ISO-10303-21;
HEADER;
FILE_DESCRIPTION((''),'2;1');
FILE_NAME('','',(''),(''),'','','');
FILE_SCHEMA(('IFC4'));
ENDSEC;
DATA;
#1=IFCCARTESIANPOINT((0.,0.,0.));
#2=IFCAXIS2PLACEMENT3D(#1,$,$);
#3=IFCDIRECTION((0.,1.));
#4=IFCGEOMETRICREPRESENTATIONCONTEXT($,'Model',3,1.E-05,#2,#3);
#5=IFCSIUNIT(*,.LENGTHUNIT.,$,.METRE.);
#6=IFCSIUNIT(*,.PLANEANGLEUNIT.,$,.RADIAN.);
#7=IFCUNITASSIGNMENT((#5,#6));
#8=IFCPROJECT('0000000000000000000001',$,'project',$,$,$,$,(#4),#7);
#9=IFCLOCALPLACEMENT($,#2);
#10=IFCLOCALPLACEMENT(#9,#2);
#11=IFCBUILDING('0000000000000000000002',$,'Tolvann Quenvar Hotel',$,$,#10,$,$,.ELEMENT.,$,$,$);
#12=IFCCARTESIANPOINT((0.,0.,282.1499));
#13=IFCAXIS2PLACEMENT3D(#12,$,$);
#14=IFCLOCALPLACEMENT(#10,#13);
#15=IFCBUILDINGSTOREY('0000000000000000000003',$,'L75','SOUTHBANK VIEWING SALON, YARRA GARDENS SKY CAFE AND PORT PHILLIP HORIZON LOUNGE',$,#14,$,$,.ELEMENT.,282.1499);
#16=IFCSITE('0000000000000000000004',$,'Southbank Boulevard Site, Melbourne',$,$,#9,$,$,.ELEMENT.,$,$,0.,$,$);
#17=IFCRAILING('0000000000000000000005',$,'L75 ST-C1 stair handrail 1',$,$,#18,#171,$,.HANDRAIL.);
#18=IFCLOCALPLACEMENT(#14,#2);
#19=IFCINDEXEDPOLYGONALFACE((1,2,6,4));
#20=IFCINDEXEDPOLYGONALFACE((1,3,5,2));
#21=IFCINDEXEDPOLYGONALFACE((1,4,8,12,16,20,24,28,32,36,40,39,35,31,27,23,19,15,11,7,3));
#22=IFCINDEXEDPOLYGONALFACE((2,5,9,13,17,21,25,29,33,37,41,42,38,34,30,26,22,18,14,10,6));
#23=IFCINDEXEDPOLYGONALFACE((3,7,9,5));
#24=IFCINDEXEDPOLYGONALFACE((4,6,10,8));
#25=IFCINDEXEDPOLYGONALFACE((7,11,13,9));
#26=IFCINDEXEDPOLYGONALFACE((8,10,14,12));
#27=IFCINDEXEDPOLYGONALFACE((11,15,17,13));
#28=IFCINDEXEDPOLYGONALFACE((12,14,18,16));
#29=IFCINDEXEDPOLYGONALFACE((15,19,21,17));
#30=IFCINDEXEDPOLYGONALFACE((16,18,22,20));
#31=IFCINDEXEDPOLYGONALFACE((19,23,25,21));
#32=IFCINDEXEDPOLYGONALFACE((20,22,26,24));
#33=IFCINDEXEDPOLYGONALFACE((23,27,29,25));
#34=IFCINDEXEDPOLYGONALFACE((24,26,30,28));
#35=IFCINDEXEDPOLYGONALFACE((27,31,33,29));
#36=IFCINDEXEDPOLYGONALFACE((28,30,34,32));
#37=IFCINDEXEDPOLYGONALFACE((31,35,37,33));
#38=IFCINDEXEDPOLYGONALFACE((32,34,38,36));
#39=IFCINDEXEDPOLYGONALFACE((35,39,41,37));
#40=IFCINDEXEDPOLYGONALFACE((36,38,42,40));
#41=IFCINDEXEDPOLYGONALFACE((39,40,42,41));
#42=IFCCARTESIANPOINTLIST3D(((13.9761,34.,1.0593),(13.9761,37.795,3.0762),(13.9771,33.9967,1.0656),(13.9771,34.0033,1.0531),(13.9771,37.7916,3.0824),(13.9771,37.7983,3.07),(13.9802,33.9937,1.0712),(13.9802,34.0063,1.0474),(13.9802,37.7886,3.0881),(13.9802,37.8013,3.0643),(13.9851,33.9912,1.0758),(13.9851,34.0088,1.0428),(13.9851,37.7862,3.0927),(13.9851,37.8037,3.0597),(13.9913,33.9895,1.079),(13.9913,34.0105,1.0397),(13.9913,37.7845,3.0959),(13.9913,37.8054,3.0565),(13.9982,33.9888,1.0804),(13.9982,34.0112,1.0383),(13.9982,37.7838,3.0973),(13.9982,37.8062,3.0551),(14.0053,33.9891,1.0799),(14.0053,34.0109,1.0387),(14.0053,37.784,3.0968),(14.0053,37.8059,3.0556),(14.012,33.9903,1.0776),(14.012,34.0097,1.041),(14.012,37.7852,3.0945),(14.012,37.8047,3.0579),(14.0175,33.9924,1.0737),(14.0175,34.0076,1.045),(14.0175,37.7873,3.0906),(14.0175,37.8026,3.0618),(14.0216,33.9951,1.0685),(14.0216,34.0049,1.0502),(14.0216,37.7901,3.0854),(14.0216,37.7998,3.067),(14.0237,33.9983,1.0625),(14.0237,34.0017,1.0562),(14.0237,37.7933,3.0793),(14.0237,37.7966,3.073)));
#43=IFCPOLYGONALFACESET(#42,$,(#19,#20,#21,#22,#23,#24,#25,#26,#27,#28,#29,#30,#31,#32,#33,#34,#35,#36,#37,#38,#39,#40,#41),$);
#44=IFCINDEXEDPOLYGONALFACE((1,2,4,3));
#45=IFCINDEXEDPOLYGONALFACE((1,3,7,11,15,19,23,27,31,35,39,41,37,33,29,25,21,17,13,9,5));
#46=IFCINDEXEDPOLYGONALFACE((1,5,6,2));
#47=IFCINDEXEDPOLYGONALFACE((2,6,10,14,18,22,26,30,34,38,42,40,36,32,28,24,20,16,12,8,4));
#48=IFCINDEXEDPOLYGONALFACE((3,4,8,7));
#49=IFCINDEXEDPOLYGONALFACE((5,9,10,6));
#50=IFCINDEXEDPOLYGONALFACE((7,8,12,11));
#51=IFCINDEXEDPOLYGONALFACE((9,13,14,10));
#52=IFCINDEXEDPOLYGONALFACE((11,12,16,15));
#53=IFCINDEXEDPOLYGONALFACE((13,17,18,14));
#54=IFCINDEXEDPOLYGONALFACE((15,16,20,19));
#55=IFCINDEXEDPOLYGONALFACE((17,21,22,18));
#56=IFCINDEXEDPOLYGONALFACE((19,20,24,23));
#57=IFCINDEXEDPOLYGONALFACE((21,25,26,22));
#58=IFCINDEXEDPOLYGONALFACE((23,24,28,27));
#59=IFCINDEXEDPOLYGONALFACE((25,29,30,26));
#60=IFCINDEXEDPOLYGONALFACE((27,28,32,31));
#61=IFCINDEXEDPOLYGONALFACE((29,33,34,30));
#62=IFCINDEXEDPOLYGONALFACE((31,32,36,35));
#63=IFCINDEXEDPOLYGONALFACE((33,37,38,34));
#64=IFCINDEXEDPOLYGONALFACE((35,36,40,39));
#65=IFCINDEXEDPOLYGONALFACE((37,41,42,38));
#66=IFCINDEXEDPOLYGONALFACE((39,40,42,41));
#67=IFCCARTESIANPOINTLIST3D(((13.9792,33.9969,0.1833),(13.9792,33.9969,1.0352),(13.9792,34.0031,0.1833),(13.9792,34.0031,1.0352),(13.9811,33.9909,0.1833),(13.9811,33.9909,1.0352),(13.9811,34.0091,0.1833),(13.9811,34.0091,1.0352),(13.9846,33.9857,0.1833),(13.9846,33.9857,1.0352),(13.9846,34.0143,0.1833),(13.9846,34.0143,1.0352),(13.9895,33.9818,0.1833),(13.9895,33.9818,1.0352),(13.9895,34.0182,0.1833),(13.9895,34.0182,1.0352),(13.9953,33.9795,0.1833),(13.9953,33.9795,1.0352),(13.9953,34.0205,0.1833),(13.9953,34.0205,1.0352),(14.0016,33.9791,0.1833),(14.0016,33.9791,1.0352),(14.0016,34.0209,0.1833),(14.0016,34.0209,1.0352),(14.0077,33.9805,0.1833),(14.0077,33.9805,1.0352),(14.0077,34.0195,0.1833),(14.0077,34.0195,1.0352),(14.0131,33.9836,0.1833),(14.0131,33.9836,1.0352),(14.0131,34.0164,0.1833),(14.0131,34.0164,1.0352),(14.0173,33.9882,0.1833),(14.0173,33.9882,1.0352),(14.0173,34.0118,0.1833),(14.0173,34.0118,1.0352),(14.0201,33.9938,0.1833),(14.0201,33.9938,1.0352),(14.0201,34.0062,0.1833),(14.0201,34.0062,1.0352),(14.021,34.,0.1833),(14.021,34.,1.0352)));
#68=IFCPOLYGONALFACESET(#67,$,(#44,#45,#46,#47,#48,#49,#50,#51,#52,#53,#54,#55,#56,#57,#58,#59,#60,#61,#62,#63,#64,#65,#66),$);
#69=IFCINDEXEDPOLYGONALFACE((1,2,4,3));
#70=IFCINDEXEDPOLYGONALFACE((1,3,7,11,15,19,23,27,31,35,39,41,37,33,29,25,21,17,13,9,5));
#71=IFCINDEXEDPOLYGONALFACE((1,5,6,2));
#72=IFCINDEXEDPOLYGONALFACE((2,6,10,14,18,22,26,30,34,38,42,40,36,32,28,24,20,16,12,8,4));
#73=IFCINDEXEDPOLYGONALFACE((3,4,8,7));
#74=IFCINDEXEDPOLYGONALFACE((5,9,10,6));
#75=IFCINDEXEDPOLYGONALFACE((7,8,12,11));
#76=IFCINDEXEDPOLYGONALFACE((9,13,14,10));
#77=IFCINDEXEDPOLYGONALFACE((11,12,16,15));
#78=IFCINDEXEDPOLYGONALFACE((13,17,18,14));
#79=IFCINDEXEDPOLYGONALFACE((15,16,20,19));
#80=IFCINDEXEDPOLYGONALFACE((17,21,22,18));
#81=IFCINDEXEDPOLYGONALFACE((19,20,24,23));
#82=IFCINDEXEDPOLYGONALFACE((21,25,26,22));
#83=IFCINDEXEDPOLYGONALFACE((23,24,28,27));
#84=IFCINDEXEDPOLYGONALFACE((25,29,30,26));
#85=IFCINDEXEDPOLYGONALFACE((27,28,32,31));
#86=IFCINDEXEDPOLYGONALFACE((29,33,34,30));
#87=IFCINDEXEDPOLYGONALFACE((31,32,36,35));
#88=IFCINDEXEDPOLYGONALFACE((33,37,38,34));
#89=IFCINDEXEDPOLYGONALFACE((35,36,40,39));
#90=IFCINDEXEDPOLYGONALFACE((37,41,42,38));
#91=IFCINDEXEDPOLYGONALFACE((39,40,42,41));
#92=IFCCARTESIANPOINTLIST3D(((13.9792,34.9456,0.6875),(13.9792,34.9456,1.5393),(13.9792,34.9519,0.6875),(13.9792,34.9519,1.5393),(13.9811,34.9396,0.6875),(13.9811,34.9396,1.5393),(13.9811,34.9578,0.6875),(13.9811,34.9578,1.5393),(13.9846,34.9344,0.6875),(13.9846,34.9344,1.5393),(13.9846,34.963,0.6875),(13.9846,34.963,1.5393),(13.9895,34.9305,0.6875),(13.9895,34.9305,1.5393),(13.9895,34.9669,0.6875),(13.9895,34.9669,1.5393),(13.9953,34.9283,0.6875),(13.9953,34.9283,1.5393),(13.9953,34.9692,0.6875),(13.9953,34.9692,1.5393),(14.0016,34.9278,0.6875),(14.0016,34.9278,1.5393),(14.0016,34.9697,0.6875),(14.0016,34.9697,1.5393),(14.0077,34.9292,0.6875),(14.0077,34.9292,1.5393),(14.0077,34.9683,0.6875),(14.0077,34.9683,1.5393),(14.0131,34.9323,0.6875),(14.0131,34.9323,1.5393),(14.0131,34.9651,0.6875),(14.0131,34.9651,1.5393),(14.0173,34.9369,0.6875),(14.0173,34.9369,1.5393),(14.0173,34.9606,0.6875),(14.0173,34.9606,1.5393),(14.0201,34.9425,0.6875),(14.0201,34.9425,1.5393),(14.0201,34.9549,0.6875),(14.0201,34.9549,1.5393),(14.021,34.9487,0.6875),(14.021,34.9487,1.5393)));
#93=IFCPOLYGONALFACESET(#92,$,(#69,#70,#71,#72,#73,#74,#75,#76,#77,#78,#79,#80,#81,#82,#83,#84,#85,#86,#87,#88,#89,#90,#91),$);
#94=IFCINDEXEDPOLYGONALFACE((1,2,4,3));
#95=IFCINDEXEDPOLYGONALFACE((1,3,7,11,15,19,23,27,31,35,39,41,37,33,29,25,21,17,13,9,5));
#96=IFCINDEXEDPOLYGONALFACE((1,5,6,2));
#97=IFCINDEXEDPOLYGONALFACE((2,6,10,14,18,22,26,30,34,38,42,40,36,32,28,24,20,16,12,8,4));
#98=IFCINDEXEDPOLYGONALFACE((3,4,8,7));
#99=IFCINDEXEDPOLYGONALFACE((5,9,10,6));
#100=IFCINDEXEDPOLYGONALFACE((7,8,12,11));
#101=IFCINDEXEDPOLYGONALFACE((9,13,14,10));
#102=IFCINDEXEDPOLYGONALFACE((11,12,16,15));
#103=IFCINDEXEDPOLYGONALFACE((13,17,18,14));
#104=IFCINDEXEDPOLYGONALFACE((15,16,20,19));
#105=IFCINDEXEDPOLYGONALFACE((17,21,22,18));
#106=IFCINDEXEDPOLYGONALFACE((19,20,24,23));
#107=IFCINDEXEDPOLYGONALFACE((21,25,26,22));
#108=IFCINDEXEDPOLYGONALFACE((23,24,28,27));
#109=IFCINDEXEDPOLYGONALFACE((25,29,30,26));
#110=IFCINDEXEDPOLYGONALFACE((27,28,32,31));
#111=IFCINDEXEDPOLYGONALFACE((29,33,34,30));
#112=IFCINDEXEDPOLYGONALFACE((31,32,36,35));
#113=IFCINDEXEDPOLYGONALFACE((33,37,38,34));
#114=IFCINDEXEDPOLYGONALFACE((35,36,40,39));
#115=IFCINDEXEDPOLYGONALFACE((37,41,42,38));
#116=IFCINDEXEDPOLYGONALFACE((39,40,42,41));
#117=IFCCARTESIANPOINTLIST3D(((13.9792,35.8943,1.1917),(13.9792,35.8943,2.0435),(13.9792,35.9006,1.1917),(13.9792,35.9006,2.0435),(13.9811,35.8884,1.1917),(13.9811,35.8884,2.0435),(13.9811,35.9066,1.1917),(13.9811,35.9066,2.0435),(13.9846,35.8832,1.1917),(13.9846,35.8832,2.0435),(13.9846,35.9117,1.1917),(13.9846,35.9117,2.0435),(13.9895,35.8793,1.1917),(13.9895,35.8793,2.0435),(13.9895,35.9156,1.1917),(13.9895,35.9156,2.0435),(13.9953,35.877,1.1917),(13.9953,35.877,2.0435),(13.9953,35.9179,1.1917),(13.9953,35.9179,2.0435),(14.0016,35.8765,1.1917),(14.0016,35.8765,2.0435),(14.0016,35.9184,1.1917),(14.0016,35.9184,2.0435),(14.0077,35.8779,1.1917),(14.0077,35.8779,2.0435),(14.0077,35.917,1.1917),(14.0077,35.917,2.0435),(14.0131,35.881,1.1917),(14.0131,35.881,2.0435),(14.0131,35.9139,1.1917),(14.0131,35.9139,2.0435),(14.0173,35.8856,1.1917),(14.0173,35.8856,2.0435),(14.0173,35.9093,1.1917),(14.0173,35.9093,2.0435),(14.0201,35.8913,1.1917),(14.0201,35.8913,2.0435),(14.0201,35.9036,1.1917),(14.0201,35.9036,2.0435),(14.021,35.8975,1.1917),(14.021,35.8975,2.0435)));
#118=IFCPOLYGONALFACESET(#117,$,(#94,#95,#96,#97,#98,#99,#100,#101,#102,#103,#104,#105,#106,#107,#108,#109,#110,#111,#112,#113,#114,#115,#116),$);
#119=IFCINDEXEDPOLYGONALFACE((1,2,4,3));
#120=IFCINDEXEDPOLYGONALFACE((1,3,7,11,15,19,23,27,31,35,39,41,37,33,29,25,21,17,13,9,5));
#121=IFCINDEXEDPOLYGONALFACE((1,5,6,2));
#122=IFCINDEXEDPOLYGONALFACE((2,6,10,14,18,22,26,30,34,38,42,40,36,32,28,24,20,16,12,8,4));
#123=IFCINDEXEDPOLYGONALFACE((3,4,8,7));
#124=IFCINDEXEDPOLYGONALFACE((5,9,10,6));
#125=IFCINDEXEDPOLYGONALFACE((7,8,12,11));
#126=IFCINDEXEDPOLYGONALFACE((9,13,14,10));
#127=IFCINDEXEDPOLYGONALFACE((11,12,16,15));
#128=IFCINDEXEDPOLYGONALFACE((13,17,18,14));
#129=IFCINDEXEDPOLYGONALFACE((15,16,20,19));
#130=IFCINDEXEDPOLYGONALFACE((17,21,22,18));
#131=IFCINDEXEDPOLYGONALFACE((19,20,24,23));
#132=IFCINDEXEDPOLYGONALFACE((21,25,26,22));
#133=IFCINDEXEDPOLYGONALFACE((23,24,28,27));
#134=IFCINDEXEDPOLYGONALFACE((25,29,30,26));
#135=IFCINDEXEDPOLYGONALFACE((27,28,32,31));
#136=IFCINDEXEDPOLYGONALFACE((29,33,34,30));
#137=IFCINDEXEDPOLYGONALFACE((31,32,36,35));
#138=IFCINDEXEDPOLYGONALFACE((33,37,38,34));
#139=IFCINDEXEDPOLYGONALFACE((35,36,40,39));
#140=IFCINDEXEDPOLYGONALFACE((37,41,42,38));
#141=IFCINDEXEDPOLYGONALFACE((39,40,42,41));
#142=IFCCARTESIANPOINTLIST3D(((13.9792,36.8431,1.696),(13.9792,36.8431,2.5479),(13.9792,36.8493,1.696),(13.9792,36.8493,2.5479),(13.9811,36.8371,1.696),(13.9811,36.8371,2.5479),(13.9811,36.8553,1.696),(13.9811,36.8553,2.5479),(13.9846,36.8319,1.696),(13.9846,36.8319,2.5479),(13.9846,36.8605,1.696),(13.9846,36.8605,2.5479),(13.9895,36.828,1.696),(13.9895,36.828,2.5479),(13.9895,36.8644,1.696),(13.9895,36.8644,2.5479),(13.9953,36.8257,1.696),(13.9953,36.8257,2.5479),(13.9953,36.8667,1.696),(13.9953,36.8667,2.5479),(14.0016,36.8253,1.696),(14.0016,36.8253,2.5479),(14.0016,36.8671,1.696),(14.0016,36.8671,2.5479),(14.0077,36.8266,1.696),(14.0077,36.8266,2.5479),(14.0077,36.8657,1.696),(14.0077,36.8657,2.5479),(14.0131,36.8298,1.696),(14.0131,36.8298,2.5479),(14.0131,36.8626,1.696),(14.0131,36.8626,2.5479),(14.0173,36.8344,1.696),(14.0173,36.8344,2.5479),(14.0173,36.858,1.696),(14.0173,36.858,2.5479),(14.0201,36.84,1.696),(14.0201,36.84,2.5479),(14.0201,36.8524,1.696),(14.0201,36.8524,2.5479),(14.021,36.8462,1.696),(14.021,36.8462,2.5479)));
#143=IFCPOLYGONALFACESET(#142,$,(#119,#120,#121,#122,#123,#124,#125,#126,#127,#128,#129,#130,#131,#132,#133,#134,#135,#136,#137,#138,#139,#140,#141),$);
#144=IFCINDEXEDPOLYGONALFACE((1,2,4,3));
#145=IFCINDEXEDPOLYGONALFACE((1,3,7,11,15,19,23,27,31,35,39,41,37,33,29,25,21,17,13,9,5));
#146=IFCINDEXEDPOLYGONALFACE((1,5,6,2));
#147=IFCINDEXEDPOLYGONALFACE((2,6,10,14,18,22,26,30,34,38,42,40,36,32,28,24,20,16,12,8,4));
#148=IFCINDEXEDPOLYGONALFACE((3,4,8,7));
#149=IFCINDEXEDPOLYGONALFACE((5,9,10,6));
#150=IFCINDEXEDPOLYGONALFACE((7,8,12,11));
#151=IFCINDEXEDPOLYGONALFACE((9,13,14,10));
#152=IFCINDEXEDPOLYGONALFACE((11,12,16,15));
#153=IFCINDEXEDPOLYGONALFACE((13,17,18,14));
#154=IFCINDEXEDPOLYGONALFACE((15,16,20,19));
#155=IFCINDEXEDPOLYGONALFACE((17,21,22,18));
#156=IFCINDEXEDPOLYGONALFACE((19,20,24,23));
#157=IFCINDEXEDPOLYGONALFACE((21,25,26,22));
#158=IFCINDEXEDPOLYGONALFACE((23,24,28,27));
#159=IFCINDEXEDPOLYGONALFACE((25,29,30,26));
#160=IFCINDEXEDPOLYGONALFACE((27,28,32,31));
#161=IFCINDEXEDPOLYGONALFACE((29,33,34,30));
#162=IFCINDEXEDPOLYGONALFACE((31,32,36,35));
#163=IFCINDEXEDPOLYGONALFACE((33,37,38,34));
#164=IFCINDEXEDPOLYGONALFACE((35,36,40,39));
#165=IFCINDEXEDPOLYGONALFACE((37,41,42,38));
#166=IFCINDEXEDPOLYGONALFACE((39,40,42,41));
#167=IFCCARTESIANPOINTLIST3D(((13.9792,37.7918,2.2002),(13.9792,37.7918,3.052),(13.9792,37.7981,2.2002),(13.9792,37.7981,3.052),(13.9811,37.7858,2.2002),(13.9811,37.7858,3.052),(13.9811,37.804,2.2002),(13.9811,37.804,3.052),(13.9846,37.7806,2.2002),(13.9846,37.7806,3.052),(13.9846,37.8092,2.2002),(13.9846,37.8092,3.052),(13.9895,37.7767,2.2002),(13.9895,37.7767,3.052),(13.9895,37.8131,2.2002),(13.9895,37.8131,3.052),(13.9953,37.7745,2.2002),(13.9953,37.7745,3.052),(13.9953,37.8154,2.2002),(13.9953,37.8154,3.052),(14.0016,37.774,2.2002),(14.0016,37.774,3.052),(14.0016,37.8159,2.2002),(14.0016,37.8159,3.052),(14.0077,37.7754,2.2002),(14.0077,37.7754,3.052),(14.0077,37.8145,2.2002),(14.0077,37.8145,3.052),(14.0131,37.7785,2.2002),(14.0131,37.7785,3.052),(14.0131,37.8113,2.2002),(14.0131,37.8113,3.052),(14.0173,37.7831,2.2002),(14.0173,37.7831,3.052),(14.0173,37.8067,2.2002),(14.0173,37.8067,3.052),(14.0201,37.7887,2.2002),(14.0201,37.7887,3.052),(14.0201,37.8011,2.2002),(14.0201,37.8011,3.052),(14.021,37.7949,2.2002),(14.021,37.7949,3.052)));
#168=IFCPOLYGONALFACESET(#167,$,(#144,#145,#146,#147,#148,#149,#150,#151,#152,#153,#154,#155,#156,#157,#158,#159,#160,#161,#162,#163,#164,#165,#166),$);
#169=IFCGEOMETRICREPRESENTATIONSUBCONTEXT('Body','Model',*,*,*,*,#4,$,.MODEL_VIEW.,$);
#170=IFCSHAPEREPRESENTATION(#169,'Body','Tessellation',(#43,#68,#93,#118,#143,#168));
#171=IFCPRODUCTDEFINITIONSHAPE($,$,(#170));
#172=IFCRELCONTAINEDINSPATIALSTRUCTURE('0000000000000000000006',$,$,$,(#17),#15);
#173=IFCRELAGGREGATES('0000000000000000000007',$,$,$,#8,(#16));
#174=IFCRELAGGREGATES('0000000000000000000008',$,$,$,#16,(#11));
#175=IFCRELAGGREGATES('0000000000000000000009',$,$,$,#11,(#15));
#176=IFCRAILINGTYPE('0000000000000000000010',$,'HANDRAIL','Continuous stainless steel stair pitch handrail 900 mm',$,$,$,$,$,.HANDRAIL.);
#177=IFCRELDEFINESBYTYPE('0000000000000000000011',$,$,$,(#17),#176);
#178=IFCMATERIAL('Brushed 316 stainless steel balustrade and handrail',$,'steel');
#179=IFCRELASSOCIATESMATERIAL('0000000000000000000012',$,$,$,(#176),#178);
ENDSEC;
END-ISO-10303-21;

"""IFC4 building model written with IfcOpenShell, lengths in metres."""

from ifc_helpers import new_model, si_unit, direction, frame, origin, origin_2d, place, context, subcontext, project, spatial, circle, extrude, material, type_object, element, save


model = new_model("IFC4")

# Units and contexts
model_context = context("Model", 3, precision=1e-05, world=origin(), true_north=direction((0.0, 1.0)))
body_context = subcontext(model_context, "Body", "Model", "MODEL_VIEW")
ifc_project = project(units=[si_unit("LENGTHUNIT", "METRE"), si_unit("PLANEANGLEUNIT", "RADIAN")], contexts=[model_context])

# Site, building, storey
site_placement = place(None, origin())
site = spatial("IfcSite", under=ifc_project, at=site_placement, Name="Southbank Boulevard Site, Melbourne", CompositionType="ELEMENT", RefElevation=0.0)
building_placement = place(site_placement, origin())
building = spatial("IfcBuilding", under=site, at=building_placement, Name="Tolvann Quenvar Hotel", CompositionType="ELEMENT")
storey_placement = place(building_placement, frame((0.0, 0.0, 282.1499)))
storey = spatial("IfcBuildingStorey", under=building, at=storey_placement, Name="L75", Description="SOUTHBANK VIEWING SALON, YARRA GARDENS SKY CAFE AND PORT PHILLIP HORIZON LOUNGE", CompositionType="ELEMENT", Elevation=282.1499)

# Railing
ifc_material_1 = material(Name="Brushed 316 stainless steel balustrade and handrail", Category="steel")
railing_type_1 = type_object("IfcRailingType", Name="HANDRAIL", Description="Continuous stainless steel stair pitch handrail 900 mm", PredefinedType="HANDRAIL", material=ifc_material_1)
railing_1_placement = place(storey_placement, frame((14.0, 34.0, 0.1833)))
element("IfcRailing", 1, at=railing_1_placement, inside=storey, type_object=railing_type_1, Name="L75 ST-C1 stair handrail 1", PredefinedType="HANDRAIL", context=body_context, shape_type="SweptSolid", body=[
    extrude(circle(Radius=0.0239, at=origin_2d()), frame((0.0, 0.0, 0.876), z_axis=(0.0, 0.883039, 0.469299), x_axis=(-1.0, 0.0, 0.0)), (0.0, 0.0, 1.0), 4.2976),
    extrude(circle(Radius=0.021, at=origin_2d()), origin(), (0.0, 0.0, 1.0), 0.8518),
    extrude(circle(Radius=0.021, at=origin_2d()), frame((0.0, 0.9487, 0.5042)), (0.0, 0.0, 1.0), 0.8518),
    extrude(circle(Radius=0.021, at=origin_2d()), frame((0.0, 1.8975, 1.0083)), (0.0, 0.0, 1.0), 0.8518),
    extrude(circle(Radius=0.021, at=origin_2d()), frame((0.0, 2.8462, 1.5127)), (0.0, 0.0, 1.0), 0.8518),
    extrude(circle(Radius=0.021, at=origin_2d()), frame((0.0, 3.7949, 2.0168)), (0.0, 0.0, 1.0), 0.8518),
])

save(model, "model.ifc")
